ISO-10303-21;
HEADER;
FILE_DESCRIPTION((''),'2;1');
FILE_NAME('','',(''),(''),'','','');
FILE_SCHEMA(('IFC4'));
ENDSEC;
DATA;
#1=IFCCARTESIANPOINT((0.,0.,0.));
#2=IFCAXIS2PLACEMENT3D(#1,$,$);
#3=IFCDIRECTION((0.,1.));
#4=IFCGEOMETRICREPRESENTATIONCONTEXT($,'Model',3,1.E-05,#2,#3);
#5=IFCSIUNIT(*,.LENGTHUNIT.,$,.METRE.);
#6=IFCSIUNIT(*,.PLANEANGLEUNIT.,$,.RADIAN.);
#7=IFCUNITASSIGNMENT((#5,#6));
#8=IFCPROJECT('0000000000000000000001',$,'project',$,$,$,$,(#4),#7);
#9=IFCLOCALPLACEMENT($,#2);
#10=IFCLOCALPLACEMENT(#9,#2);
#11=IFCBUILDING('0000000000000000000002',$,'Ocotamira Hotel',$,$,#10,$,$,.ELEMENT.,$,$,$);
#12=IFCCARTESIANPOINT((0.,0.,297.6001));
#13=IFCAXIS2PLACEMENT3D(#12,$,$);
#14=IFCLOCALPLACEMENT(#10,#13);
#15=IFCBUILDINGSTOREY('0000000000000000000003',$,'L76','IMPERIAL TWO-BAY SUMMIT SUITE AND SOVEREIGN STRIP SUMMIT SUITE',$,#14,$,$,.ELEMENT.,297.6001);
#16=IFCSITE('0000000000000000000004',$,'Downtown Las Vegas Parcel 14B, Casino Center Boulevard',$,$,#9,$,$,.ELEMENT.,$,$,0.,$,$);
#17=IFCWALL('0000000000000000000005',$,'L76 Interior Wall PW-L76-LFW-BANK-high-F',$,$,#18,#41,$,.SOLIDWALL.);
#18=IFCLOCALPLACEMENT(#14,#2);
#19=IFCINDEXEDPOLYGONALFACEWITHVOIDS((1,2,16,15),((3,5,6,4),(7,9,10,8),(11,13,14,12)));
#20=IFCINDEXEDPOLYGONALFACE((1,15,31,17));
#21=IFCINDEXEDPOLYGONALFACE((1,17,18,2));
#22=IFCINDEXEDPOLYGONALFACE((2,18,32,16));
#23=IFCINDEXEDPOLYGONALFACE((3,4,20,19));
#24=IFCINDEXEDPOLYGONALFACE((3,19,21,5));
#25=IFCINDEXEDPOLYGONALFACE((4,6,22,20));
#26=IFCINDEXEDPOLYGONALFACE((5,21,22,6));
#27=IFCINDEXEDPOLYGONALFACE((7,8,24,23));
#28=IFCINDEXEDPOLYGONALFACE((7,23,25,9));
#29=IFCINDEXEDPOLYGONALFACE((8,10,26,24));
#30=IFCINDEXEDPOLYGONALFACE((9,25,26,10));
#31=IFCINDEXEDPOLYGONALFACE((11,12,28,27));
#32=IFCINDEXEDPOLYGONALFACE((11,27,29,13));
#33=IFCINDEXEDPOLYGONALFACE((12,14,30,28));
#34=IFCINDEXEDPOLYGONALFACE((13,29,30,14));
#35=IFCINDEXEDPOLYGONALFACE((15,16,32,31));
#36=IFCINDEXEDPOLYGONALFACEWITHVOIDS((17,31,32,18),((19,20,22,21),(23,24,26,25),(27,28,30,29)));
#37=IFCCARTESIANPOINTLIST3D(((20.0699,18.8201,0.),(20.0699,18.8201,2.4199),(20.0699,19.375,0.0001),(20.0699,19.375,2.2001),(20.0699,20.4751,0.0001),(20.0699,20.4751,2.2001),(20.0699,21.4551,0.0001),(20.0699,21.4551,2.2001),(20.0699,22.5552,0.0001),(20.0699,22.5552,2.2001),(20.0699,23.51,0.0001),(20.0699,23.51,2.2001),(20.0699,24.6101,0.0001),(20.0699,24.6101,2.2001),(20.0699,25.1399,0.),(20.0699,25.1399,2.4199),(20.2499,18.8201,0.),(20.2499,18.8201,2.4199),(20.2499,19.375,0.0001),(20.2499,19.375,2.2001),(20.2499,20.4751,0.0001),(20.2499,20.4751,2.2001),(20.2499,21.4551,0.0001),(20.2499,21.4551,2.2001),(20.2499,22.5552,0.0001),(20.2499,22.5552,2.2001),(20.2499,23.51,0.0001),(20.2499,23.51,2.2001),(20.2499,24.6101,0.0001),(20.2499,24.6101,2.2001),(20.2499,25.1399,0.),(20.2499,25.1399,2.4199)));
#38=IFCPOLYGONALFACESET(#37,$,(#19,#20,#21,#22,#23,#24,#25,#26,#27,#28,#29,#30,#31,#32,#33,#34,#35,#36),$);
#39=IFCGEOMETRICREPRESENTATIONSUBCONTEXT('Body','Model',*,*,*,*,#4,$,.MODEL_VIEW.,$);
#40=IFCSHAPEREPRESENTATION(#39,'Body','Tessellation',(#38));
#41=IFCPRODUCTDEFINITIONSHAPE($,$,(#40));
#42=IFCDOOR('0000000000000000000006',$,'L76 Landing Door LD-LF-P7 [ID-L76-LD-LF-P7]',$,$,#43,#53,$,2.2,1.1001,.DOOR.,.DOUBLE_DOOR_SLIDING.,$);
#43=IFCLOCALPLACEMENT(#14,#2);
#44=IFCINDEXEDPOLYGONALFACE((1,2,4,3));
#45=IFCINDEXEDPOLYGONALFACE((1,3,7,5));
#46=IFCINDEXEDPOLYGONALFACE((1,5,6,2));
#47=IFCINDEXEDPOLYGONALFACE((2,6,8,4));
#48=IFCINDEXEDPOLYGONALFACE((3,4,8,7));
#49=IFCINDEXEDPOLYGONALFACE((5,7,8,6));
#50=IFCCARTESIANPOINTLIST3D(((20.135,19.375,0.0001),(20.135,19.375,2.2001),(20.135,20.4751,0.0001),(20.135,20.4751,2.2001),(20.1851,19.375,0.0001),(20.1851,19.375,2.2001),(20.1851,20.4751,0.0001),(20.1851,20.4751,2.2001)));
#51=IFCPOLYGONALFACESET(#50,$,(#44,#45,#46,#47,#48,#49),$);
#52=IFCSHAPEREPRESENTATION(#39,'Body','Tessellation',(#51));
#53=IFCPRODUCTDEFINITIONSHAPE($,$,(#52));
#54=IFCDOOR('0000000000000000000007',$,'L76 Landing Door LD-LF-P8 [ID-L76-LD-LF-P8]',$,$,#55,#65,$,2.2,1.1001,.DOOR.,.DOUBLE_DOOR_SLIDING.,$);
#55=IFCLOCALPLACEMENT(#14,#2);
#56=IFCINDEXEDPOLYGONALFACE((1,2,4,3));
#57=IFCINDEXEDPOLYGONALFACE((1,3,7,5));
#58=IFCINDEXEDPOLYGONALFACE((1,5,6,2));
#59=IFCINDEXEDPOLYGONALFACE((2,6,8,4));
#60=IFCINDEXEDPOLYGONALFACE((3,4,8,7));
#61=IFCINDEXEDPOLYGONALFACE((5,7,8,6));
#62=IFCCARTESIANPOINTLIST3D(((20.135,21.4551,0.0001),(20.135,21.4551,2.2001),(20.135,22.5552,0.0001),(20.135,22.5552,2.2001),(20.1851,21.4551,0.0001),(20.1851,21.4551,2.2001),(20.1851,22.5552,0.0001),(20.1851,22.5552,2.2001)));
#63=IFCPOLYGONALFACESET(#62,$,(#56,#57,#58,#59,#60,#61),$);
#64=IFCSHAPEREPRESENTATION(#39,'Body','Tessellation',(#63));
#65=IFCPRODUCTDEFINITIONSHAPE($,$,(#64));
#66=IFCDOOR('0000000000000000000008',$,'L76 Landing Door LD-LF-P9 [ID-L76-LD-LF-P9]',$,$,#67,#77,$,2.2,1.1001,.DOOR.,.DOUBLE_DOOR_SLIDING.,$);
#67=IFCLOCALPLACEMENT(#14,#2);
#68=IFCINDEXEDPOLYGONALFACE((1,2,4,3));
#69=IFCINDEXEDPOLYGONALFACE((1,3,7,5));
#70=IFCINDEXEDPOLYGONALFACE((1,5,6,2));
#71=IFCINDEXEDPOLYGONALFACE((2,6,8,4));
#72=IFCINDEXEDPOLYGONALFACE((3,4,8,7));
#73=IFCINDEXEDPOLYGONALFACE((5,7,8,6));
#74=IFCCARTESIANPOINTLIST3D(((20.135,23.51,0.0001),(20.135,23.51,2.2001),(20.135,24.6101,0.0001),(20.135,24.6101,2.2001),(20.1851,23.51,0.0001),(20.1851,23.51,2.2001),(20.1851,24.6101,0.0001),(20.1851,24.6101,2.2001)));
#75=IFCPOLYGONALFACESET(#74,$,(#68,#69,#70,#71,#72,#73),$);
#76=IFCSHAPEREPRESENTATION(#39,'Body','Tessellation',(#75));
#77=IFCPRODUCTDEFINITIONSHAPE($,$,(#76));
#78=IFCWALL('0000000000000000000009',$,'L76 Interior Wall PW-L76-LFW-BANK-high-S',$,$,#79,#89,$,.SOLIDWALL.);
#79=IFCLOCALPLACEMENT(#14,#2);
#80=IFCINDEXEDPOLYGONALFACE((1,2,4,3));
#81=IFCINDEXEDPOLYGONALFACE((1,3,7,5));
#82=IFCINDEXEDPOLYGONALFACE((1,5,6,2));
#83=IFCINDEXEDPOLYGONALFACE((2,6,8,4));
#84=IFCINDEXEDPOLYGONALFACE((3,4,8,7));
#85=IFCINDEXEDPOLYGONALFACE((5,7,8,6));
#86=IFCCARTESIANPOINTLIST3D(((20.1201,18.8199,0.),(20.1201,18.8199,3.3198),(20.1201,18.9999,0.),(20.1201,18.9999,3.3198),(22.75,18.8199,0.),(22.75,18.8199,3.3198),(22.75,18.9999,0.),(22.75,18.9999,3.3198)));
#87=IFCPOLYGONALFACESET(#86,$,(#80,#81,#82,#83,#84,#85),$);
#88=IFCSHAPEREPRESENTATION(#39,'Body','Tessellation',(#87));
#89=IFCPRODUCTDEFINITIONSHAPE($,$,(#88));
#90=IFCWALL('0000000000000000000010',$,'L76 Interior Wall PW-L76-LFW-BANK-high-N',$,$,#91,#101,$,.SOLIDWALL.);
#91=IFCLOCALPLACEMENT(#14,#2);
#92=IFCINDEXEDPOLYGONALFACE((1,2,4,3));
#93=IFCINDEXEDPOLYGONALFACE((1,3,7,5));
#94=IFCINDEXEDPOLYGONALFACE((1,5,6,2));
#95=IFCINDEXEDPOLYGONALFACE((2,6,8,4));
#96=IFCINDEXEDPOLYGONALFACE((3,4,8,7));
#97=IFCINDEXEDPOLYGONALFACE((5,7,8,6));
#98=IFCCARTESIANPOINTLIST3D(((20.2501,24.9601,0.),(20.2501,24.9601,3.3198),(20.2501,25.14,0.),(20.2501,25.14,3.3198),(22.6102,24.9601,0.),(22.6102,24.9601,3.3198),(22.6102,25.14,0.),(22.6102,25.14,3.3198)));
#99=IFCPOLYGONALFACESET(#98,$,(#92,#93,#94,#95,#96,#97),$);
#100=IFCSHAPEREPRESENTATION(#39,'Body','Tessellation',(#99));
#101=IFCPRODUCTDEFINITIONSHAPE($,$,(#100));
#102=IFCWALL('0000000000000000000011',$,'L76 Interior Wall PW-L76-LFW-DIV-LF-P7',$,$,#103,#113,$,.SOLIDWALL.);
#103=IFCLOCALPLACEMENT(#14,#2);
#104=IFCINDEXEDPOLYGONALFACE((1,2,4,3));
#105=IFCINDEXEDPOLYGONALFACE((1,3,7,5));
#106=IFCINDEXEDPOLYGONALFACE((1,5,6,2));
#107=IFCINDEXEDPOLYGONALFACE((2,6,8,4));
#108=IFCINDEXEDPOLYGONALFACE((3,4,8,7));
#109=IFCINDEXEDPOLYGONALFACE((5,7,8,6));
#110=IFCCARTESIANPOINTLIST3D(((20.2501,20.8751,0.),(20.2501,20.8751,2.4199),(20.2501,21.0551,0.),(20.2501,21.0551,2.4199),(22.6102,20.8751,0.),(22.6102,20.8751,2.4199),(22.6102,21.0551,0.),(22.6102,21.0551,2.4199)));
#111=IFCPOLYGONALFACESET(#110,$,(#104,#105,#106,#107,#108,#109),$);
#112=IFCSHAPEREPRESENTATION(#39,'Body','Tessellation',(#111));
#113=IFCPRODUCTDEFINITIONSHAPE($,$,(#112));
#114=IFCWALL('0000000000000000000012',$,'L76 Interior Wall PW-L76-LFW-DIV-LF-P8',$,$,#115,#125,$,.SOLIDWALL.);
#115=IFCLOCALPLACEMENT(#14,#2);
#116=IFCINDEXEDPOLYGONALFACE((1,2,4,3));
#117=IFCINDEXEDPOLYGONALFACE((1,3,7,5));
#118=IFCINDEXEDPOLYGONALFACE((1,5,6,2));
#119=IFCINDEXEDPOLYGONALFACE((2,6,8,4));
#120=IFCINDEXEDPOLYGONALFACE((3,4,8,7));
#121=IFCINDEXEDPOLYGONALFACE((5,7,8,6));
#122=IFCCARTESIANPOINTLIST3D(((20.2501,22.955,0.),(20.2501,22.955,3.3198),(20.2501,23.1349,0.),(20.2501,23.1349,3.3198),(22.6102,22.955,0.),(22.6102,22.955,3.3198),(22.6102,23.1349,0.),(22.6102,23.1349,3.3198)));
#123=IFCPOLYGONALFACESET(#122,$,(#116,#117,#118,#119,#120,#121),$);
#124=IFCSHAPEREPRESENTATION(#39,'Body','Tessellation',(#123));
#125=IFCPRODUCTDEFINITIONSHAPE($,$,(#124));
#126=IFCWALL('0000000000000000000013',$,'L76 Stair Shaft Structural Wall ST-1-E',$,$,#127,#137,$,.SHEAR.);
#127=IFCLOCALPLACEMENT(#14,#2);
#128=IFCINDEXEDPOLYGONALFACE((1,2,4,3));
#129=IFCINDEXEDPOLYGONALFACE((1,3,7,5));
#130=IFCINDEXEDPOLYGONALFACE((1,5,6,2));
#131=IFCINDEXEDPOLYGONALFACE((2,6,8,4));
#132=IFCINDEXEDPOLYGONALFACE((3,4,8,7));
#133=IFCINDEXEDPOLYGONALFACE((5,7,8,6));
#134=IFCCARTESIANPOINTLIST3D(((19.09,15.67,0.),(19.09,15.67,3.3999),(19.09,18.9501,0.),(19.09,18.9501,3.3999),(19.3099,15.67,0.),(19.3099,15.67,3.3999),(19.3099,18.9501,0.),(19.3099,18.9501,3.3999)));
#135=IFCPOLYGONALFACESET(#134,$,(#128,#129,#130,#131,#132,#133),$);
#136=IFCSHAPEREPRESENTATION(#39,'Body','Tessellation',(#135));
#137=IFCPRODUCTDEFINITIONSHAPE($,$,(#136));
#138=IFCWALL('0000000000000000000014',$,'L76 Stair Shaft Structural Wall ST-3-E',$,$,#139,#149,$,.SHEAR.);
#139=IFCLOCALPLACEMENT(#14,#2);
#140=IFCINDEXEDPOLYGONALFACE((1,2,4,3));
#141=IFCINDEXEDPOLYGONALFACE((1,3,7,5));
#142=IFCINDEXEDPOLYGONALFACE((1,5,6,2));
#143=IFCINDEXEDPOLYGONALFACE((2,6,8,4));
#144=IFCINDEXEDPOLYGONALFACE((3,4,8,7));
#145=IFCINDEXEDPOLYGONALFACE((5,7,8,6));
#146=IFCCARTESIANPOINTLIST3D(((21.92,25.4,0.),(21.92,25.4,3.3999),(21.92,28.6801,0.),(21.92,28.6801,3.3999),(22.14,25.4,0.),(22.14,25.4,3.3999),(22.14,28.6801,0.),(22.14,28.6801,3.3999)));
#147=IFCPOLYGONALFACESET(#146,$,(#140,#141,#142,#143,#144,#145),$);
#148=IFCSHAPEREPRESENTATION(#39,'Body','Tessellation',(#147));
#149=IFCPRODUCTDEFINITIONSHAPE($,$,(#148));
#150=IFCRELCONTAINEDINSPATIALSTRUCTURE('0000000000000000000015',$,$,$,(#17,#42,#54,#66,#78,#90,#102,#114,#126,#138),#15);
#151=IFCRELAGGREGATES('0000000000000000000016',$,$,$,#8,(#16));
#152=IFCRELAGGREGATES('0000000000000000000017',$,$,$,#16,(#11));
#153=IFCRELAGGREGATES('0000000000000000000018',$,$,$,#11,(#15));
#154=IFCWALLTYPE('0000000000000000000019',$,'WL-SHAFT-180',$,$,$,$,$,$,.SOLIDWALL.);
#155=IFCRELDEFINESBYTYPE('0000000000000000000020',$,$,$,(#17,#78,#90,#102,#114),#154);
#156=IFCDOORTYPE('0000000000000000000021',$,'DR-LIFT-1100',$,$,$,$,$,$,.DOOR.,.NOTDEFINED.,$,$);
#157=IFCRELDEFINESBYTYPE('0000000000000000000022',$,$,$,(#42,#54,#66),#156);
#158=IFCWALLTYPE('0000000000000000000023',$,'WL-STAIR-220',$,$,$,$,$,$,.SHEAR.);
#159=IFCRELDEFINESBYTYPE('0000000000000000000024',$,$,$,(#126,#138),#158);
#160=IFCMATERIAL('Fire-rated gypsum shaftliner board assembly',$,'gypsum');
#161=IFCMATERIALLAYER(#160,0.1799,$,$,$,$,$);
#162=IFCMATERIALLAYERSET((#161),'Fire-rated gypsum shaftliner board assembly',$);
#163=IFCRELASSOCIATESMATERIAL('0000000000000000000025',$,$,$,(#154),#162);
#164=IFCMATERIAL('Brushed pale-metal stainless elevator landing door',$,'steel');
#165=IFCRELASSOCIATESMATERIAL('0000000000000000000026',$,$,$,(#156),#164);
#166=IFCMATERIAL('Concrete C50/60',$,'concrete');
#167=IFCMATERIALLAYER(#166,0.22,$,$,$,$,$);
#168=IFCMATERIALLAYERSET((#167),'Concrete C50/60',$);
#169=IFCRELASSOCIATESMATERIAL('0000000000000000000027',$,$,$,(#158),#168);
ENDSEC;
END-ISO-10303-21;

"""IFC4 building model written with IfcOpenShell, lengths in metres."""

from ifc_helpers import new_model, si_unit, direction, frame, frame_2d, origin, place, context, subcontext, project, spatial, rectangle, extrude, source, transform, mapped, material, layer, layer_set, type_object, element, fill, save


model = new_model("IFC4")

# Units and contexts
model_context = context("Model", 3, precision=1e-05, world=origin(), true_north=direction((0.0, 1.0)))
body_context = subcontext(model_context, "Body", "Model", "MODEL_VIEW")
ifc_project = project(units=[si_unit("LENGTHUNIT", "METRE"), si_unit("PLANEANGLEUNIT", "RADIAN")], contexts=[model_context])

# Site, building, storey
site_placement = place(None, origin())
site = spatial("IfcSite", under=ifc_project, at=site_placement, Name="Downtown Las Vegas Parcel 14B, Casino Center Boulevard", CompositionType="ELEMENT", RefElevation=0.0)
building_placement = place(site_placement, origin())
building = spatial("IfcBuilding", under=site, at=building_placement, Name="Ocotamira Hotel", CompositionType="ELEMENT")
storey_placement = place(building_placement, frame((0.0, 0.0, 297.6001)))
storey = spatial("IfcBuildingStorey", under=building, at=storey_placement, Name="L76", Description="IMPERIAL TWO-BAY SUMMIT SUITE AND SOVEREIGN STRIP SUMMIT SUITE", CompositionType="ELEMENT", Elevation=297.6001)

# Shared definitions
ifc_material_1 = material(Name="Concrete C50/60", Category="concrete")

# Wall, openings, doors
ifc_material_2 = material(Name="Fire-rated gypsum shaftliner board assembly", Category="gypsum")
ifc_layer_1 = layer(ifc_material_2, 0.1799)
ifc_layer_set_1 = layer_set([ifc_layer_1], Name="Fire-rated gypsum shaftliner board assembly")
wall_type_1 = type_object("IfcWallType", Name="WL-SHAFT-180", PredefinedType="SOLIDWALL", material=ifc_layer_set_1)
wall_1_placement = place(storey_placement, frame((20.1599, 18.8201, 0.0), z_axis=(0.0, 0.0, 1.0), x_axis=(0.0, 1.0, 0.0)))
wall_1 = element("IfcWall", 1, at=wall_1_placement, inside=storey, type_object=wall_type_1, Name="L76 Interior Wall PW-L76-LFW-BANK-high-F", PredefinedType="SOLIDWALL", context=body_context, shape_type="SweptSolid", body=[
    extrude(rectangle(XDim=6.3198, YDim=0.1799, at=frame_2d((3.1599, 0.0))), origin(), (0.0, 0.0, 1.0), 2.4199),
])
opening_1_placement = place(wall_1_placement, frame((0.5549, 0.0, 0.0)))
opening_1 = element("IfcOpeningElement", 2, at=opening_1_placement, cuts=wall_1, PredefinedType="OPENING", context=body_context, shape_type="SweptSolid", body=[
    extrude(rectangle(XDim=1.1001, YDim=2.2, at=frame_2d((0.55, 1.1001))), frame((0.0, 0.1001, 0.0), z_axis=(0.0, -1.0, 0.0), x_axis=(1.0, 0.0, 0.0)), (0.0, 0.0, 1.0), 0.2),
])
opening_2_placement = place(wall_1_placement, frame((2.635, 0.0, 0.0)))
opening_2 = element("IfcOpeningElement", 3, at=opening_2_placement, cuts=wall_1, PredefinedType="OPENING", context=body_context, shape_type="SweptSolid", body=[
    extrude(rectangle(XDim=1.1001, YDim=2.2, at=frame_2d((0.55, 1.1001))), frame((0.0, 0.1001, 0.0), z_axis=(0.0, -1.0, 0.0), x_axis=(1.0, 0.0, 0.0)), (0.0, 0.0, 1.0), 0.2),
])
opening_3_placement = place(wall_1_placement, frame((4.6899, 0.0, 0.0)))
opening_3 = element("IfcOpeningElement", 4, at=opening_3_placement, cuts=wall_1, PredefinedType="OPENING", context=body_context, shape_type="SweptSolid", body=[
    extrude(rectangle(XDim=1.1001, YDim=2.2, at=frame_2d((0.55, 1.1001))), frame((0.0, 0.1001, 0.0), z_axis=(0.0, -1.0, 0.0), x_axis=(1.0, 0.0, 0.0)), (0.0, 0.0, 1.0), 0.2),
])
ifc_material_3 = material(Name="Brushed pale-metal stainless elevator landing door", Category="steel")
door_type = type_object("IfcDoorType", Name="DR-LIFT-1100", OperationType="NOTDEFINED", PredefinedType="DOOR", material=ifc_material_3)
shared_shape_1 = source(origin(), body_context, "Body", "SweptSolid", [
    extrude(rectangle(XDim=1.1001, YDim=2.2, at=frame_2d((0.55, 1.1001))), frame((0.0, 0.0249, 0.0), z_axis=(0.0, -1.0, 0.0), x_axis=(1.0, 0.0, 0.0)), (0.0, 0.0, 1.0), 0.05),
])
door_1_placement = place(opening_1_placement, origin())
door_1 = element("IfcDoor", 5, at=door_1_placement, inside=storey, type_object=door_type, Name="L76 Landing Door LD-LF-P7 [ID-L76-LD-LF-P7]", OperationType="DOUBLE_DOOR_SLIDING", OverallHeight=2.2, OverallWidth=1.1001, PredefinedType="DOOR", context=body_context, shape_type="MappedRepresentation", body=[
    mapped(shared_shape_1, transform((0.0, 0.0, 0.0), scale=1.0)),
])
fill(opening_1, door_1)
door_2_placement = place(opening_2_placement, origin())
door_2 = element("IfcDoor", 6, at=door_2_placement, inside=storey, type_object=door_type, Name="L76 Landing Door LD-LF-P8 [ID-L76-LD-LF-P8]", OperationType="DOUBLE_DOOR_SLIDING", OverallHeight=2.2, OverallWidth=1.1001, PredefinedType="DOOR", context=body_context, shape_type="MappedRepresentation", body=[
    mapped(shared_shape_1, transform((0.0, 0.0, 0.0), scale=1.0)),
])
fill(opening_2, door_2)
door_3_placement = place(opening_3_placement, origin())
door_3 = element("IfcDoor", 7, at=door_3_placement, inside=storey, type_object=door_type, Name="L76 Landing Door LD-LF-P9 [ID-L76-LD-LF-P9]", OperationType="DOUBLE_DOOR_SLIDING", OverallHeight=2.2, OverallWidth=1.1001, PredefinedType="DOOR", context=body_context, shape_type="MappedRepresentation", body=[
    mapped(shared_shape_1, transform((0.0, 0.0, 0.0), scale=1.0)),
])
fill(opening_3, door_3)

# Walls
wall_2_placement = place(storey_placement, frame((20.1201, 18.9099, 0.0), z_axis=(0.0, 0.0, 1.0), x_axis=(1.0, 0.0, 0.0)))
element("IfcWall", 8, at=wall_2_placement, inside=storey, type_object=wall_type_1, Name="L76 Interior Wall PW-L76-LFW-BANK-high-S", PredefinedType="SOLIDWALL", context=body_context, shape_type="SweptSolid", body=[
    extrude(rectangle(XDim=2.6299, YDim=0.1799, at=frame_2d((1.3149, 0.0))), origin(), (0.0, 0.0, 1.0), 3.3198),
])
wall_3_placement = place(storey_placement, frame((20.25, 25.05, 0.0), z_axis=(0.0, 0.0, 1.0), x_axis=(1.0, 0.0, 0.0)))
element("IfcWall", 9, at=wall_3_placement, inside=storey, type_object=wall_type_1, Name="L76 Interior Wall PW-L76-LFW-BANK-high-N", PredefinedType="SOLIDWALL", context=body_context, shape_type="SweptSolid", body=[
    extrude(rectangle(XDim=2.3601, YDim=0.1799, at=frame_2d((1.1802, 0.0))), origin(), (0.0, 0.0, 1.0), 3.3198),
])
wall_4_placement = place(storey_placement, frame((20.25, 20.9651, 0.0), z_axis=(0.0, 0.0, 1.0), x_axis=(1.0, 0.0, 0.0)))
element("IfcWall", 10, at=wall_4_placement, inside=storey, type_object=wall_type_1, Name="L76 Interior Wall PW-L76-LFW-DIV-LF-P7", PredefinedType="SOLIDWALL", context=body_context, shape_type="SweptSolid", body=[
    extrude(rectangle(XDim=2.3601, YDim=0.1799, at=frame_2d((1.1802, 0.0))), origin(), (0.0, 0.0, 1.0), 2.4199),
])
wall_5_placement = place(storey_placement, frame((20.25, 23.0449, 0.0), z_axis=(0.0, 0.0, 1.0), x_axis=(1.0, 0.0, 0.0)))
element("IfcWall", 11, at=wall_5_placement, inside=storey, type_object=wall_type_1, Name="L76 Interior Wall PW-L76-LFW-DIV-LF-P8", PredefinedType="SOLIDWALL", context=body_context, shape_type="SweptSolid", body=[
    extrude(rectangle(XDim=2.3601, YDim=0.1799, at=frame_2d((1.1802, 0.0))), origin(), (0.0, 0.0, 1.0), 3.3198),
])
ifc_layer_2 = layer(ifc_material_1, 0.22)
ifc_layer_set_2 = layer_set([ifc_layer_2], Name="Concrete C50/60")
wall_type_2 = type_object("IfcWallType", Name="WL-STAIR-220", PredefinedType="SHEAR", material=ifc_layer_set_2)
for number, where, z_axis, x_axis, name in (
    (12, (19.2, 15.6699, 0.0), (0.0, 0.0, 1.0), (0.0, 1.0, 0.0), "L76 Stair Shaft Structural Wall ST-1-E"),
    (13, (22.03, 25.3999, 0.0), (0.0, 0.0, 1.0), (0.0, 1.0, 0.0), "L76 Stair Shaft Structural Wall ST-3-E"),
):
    element("IfcWall", number, at=place(storey_placement, frame(where, z_axis=z_axis, x_axis=x_axis)), inside=storey, type_object=wall_type_2, Name=name, PredefinedType="SHEAR", context=body_context, shape_type="SweptSolid", body=[
        extrude(rectangle(XDim=3.28, YDim=0.22, at=frame_2d((1.6401, 0.0))), origin(), (0.0, 0.0, 1.0), 3.3999),
    ])

save(model, "model.ifc")
